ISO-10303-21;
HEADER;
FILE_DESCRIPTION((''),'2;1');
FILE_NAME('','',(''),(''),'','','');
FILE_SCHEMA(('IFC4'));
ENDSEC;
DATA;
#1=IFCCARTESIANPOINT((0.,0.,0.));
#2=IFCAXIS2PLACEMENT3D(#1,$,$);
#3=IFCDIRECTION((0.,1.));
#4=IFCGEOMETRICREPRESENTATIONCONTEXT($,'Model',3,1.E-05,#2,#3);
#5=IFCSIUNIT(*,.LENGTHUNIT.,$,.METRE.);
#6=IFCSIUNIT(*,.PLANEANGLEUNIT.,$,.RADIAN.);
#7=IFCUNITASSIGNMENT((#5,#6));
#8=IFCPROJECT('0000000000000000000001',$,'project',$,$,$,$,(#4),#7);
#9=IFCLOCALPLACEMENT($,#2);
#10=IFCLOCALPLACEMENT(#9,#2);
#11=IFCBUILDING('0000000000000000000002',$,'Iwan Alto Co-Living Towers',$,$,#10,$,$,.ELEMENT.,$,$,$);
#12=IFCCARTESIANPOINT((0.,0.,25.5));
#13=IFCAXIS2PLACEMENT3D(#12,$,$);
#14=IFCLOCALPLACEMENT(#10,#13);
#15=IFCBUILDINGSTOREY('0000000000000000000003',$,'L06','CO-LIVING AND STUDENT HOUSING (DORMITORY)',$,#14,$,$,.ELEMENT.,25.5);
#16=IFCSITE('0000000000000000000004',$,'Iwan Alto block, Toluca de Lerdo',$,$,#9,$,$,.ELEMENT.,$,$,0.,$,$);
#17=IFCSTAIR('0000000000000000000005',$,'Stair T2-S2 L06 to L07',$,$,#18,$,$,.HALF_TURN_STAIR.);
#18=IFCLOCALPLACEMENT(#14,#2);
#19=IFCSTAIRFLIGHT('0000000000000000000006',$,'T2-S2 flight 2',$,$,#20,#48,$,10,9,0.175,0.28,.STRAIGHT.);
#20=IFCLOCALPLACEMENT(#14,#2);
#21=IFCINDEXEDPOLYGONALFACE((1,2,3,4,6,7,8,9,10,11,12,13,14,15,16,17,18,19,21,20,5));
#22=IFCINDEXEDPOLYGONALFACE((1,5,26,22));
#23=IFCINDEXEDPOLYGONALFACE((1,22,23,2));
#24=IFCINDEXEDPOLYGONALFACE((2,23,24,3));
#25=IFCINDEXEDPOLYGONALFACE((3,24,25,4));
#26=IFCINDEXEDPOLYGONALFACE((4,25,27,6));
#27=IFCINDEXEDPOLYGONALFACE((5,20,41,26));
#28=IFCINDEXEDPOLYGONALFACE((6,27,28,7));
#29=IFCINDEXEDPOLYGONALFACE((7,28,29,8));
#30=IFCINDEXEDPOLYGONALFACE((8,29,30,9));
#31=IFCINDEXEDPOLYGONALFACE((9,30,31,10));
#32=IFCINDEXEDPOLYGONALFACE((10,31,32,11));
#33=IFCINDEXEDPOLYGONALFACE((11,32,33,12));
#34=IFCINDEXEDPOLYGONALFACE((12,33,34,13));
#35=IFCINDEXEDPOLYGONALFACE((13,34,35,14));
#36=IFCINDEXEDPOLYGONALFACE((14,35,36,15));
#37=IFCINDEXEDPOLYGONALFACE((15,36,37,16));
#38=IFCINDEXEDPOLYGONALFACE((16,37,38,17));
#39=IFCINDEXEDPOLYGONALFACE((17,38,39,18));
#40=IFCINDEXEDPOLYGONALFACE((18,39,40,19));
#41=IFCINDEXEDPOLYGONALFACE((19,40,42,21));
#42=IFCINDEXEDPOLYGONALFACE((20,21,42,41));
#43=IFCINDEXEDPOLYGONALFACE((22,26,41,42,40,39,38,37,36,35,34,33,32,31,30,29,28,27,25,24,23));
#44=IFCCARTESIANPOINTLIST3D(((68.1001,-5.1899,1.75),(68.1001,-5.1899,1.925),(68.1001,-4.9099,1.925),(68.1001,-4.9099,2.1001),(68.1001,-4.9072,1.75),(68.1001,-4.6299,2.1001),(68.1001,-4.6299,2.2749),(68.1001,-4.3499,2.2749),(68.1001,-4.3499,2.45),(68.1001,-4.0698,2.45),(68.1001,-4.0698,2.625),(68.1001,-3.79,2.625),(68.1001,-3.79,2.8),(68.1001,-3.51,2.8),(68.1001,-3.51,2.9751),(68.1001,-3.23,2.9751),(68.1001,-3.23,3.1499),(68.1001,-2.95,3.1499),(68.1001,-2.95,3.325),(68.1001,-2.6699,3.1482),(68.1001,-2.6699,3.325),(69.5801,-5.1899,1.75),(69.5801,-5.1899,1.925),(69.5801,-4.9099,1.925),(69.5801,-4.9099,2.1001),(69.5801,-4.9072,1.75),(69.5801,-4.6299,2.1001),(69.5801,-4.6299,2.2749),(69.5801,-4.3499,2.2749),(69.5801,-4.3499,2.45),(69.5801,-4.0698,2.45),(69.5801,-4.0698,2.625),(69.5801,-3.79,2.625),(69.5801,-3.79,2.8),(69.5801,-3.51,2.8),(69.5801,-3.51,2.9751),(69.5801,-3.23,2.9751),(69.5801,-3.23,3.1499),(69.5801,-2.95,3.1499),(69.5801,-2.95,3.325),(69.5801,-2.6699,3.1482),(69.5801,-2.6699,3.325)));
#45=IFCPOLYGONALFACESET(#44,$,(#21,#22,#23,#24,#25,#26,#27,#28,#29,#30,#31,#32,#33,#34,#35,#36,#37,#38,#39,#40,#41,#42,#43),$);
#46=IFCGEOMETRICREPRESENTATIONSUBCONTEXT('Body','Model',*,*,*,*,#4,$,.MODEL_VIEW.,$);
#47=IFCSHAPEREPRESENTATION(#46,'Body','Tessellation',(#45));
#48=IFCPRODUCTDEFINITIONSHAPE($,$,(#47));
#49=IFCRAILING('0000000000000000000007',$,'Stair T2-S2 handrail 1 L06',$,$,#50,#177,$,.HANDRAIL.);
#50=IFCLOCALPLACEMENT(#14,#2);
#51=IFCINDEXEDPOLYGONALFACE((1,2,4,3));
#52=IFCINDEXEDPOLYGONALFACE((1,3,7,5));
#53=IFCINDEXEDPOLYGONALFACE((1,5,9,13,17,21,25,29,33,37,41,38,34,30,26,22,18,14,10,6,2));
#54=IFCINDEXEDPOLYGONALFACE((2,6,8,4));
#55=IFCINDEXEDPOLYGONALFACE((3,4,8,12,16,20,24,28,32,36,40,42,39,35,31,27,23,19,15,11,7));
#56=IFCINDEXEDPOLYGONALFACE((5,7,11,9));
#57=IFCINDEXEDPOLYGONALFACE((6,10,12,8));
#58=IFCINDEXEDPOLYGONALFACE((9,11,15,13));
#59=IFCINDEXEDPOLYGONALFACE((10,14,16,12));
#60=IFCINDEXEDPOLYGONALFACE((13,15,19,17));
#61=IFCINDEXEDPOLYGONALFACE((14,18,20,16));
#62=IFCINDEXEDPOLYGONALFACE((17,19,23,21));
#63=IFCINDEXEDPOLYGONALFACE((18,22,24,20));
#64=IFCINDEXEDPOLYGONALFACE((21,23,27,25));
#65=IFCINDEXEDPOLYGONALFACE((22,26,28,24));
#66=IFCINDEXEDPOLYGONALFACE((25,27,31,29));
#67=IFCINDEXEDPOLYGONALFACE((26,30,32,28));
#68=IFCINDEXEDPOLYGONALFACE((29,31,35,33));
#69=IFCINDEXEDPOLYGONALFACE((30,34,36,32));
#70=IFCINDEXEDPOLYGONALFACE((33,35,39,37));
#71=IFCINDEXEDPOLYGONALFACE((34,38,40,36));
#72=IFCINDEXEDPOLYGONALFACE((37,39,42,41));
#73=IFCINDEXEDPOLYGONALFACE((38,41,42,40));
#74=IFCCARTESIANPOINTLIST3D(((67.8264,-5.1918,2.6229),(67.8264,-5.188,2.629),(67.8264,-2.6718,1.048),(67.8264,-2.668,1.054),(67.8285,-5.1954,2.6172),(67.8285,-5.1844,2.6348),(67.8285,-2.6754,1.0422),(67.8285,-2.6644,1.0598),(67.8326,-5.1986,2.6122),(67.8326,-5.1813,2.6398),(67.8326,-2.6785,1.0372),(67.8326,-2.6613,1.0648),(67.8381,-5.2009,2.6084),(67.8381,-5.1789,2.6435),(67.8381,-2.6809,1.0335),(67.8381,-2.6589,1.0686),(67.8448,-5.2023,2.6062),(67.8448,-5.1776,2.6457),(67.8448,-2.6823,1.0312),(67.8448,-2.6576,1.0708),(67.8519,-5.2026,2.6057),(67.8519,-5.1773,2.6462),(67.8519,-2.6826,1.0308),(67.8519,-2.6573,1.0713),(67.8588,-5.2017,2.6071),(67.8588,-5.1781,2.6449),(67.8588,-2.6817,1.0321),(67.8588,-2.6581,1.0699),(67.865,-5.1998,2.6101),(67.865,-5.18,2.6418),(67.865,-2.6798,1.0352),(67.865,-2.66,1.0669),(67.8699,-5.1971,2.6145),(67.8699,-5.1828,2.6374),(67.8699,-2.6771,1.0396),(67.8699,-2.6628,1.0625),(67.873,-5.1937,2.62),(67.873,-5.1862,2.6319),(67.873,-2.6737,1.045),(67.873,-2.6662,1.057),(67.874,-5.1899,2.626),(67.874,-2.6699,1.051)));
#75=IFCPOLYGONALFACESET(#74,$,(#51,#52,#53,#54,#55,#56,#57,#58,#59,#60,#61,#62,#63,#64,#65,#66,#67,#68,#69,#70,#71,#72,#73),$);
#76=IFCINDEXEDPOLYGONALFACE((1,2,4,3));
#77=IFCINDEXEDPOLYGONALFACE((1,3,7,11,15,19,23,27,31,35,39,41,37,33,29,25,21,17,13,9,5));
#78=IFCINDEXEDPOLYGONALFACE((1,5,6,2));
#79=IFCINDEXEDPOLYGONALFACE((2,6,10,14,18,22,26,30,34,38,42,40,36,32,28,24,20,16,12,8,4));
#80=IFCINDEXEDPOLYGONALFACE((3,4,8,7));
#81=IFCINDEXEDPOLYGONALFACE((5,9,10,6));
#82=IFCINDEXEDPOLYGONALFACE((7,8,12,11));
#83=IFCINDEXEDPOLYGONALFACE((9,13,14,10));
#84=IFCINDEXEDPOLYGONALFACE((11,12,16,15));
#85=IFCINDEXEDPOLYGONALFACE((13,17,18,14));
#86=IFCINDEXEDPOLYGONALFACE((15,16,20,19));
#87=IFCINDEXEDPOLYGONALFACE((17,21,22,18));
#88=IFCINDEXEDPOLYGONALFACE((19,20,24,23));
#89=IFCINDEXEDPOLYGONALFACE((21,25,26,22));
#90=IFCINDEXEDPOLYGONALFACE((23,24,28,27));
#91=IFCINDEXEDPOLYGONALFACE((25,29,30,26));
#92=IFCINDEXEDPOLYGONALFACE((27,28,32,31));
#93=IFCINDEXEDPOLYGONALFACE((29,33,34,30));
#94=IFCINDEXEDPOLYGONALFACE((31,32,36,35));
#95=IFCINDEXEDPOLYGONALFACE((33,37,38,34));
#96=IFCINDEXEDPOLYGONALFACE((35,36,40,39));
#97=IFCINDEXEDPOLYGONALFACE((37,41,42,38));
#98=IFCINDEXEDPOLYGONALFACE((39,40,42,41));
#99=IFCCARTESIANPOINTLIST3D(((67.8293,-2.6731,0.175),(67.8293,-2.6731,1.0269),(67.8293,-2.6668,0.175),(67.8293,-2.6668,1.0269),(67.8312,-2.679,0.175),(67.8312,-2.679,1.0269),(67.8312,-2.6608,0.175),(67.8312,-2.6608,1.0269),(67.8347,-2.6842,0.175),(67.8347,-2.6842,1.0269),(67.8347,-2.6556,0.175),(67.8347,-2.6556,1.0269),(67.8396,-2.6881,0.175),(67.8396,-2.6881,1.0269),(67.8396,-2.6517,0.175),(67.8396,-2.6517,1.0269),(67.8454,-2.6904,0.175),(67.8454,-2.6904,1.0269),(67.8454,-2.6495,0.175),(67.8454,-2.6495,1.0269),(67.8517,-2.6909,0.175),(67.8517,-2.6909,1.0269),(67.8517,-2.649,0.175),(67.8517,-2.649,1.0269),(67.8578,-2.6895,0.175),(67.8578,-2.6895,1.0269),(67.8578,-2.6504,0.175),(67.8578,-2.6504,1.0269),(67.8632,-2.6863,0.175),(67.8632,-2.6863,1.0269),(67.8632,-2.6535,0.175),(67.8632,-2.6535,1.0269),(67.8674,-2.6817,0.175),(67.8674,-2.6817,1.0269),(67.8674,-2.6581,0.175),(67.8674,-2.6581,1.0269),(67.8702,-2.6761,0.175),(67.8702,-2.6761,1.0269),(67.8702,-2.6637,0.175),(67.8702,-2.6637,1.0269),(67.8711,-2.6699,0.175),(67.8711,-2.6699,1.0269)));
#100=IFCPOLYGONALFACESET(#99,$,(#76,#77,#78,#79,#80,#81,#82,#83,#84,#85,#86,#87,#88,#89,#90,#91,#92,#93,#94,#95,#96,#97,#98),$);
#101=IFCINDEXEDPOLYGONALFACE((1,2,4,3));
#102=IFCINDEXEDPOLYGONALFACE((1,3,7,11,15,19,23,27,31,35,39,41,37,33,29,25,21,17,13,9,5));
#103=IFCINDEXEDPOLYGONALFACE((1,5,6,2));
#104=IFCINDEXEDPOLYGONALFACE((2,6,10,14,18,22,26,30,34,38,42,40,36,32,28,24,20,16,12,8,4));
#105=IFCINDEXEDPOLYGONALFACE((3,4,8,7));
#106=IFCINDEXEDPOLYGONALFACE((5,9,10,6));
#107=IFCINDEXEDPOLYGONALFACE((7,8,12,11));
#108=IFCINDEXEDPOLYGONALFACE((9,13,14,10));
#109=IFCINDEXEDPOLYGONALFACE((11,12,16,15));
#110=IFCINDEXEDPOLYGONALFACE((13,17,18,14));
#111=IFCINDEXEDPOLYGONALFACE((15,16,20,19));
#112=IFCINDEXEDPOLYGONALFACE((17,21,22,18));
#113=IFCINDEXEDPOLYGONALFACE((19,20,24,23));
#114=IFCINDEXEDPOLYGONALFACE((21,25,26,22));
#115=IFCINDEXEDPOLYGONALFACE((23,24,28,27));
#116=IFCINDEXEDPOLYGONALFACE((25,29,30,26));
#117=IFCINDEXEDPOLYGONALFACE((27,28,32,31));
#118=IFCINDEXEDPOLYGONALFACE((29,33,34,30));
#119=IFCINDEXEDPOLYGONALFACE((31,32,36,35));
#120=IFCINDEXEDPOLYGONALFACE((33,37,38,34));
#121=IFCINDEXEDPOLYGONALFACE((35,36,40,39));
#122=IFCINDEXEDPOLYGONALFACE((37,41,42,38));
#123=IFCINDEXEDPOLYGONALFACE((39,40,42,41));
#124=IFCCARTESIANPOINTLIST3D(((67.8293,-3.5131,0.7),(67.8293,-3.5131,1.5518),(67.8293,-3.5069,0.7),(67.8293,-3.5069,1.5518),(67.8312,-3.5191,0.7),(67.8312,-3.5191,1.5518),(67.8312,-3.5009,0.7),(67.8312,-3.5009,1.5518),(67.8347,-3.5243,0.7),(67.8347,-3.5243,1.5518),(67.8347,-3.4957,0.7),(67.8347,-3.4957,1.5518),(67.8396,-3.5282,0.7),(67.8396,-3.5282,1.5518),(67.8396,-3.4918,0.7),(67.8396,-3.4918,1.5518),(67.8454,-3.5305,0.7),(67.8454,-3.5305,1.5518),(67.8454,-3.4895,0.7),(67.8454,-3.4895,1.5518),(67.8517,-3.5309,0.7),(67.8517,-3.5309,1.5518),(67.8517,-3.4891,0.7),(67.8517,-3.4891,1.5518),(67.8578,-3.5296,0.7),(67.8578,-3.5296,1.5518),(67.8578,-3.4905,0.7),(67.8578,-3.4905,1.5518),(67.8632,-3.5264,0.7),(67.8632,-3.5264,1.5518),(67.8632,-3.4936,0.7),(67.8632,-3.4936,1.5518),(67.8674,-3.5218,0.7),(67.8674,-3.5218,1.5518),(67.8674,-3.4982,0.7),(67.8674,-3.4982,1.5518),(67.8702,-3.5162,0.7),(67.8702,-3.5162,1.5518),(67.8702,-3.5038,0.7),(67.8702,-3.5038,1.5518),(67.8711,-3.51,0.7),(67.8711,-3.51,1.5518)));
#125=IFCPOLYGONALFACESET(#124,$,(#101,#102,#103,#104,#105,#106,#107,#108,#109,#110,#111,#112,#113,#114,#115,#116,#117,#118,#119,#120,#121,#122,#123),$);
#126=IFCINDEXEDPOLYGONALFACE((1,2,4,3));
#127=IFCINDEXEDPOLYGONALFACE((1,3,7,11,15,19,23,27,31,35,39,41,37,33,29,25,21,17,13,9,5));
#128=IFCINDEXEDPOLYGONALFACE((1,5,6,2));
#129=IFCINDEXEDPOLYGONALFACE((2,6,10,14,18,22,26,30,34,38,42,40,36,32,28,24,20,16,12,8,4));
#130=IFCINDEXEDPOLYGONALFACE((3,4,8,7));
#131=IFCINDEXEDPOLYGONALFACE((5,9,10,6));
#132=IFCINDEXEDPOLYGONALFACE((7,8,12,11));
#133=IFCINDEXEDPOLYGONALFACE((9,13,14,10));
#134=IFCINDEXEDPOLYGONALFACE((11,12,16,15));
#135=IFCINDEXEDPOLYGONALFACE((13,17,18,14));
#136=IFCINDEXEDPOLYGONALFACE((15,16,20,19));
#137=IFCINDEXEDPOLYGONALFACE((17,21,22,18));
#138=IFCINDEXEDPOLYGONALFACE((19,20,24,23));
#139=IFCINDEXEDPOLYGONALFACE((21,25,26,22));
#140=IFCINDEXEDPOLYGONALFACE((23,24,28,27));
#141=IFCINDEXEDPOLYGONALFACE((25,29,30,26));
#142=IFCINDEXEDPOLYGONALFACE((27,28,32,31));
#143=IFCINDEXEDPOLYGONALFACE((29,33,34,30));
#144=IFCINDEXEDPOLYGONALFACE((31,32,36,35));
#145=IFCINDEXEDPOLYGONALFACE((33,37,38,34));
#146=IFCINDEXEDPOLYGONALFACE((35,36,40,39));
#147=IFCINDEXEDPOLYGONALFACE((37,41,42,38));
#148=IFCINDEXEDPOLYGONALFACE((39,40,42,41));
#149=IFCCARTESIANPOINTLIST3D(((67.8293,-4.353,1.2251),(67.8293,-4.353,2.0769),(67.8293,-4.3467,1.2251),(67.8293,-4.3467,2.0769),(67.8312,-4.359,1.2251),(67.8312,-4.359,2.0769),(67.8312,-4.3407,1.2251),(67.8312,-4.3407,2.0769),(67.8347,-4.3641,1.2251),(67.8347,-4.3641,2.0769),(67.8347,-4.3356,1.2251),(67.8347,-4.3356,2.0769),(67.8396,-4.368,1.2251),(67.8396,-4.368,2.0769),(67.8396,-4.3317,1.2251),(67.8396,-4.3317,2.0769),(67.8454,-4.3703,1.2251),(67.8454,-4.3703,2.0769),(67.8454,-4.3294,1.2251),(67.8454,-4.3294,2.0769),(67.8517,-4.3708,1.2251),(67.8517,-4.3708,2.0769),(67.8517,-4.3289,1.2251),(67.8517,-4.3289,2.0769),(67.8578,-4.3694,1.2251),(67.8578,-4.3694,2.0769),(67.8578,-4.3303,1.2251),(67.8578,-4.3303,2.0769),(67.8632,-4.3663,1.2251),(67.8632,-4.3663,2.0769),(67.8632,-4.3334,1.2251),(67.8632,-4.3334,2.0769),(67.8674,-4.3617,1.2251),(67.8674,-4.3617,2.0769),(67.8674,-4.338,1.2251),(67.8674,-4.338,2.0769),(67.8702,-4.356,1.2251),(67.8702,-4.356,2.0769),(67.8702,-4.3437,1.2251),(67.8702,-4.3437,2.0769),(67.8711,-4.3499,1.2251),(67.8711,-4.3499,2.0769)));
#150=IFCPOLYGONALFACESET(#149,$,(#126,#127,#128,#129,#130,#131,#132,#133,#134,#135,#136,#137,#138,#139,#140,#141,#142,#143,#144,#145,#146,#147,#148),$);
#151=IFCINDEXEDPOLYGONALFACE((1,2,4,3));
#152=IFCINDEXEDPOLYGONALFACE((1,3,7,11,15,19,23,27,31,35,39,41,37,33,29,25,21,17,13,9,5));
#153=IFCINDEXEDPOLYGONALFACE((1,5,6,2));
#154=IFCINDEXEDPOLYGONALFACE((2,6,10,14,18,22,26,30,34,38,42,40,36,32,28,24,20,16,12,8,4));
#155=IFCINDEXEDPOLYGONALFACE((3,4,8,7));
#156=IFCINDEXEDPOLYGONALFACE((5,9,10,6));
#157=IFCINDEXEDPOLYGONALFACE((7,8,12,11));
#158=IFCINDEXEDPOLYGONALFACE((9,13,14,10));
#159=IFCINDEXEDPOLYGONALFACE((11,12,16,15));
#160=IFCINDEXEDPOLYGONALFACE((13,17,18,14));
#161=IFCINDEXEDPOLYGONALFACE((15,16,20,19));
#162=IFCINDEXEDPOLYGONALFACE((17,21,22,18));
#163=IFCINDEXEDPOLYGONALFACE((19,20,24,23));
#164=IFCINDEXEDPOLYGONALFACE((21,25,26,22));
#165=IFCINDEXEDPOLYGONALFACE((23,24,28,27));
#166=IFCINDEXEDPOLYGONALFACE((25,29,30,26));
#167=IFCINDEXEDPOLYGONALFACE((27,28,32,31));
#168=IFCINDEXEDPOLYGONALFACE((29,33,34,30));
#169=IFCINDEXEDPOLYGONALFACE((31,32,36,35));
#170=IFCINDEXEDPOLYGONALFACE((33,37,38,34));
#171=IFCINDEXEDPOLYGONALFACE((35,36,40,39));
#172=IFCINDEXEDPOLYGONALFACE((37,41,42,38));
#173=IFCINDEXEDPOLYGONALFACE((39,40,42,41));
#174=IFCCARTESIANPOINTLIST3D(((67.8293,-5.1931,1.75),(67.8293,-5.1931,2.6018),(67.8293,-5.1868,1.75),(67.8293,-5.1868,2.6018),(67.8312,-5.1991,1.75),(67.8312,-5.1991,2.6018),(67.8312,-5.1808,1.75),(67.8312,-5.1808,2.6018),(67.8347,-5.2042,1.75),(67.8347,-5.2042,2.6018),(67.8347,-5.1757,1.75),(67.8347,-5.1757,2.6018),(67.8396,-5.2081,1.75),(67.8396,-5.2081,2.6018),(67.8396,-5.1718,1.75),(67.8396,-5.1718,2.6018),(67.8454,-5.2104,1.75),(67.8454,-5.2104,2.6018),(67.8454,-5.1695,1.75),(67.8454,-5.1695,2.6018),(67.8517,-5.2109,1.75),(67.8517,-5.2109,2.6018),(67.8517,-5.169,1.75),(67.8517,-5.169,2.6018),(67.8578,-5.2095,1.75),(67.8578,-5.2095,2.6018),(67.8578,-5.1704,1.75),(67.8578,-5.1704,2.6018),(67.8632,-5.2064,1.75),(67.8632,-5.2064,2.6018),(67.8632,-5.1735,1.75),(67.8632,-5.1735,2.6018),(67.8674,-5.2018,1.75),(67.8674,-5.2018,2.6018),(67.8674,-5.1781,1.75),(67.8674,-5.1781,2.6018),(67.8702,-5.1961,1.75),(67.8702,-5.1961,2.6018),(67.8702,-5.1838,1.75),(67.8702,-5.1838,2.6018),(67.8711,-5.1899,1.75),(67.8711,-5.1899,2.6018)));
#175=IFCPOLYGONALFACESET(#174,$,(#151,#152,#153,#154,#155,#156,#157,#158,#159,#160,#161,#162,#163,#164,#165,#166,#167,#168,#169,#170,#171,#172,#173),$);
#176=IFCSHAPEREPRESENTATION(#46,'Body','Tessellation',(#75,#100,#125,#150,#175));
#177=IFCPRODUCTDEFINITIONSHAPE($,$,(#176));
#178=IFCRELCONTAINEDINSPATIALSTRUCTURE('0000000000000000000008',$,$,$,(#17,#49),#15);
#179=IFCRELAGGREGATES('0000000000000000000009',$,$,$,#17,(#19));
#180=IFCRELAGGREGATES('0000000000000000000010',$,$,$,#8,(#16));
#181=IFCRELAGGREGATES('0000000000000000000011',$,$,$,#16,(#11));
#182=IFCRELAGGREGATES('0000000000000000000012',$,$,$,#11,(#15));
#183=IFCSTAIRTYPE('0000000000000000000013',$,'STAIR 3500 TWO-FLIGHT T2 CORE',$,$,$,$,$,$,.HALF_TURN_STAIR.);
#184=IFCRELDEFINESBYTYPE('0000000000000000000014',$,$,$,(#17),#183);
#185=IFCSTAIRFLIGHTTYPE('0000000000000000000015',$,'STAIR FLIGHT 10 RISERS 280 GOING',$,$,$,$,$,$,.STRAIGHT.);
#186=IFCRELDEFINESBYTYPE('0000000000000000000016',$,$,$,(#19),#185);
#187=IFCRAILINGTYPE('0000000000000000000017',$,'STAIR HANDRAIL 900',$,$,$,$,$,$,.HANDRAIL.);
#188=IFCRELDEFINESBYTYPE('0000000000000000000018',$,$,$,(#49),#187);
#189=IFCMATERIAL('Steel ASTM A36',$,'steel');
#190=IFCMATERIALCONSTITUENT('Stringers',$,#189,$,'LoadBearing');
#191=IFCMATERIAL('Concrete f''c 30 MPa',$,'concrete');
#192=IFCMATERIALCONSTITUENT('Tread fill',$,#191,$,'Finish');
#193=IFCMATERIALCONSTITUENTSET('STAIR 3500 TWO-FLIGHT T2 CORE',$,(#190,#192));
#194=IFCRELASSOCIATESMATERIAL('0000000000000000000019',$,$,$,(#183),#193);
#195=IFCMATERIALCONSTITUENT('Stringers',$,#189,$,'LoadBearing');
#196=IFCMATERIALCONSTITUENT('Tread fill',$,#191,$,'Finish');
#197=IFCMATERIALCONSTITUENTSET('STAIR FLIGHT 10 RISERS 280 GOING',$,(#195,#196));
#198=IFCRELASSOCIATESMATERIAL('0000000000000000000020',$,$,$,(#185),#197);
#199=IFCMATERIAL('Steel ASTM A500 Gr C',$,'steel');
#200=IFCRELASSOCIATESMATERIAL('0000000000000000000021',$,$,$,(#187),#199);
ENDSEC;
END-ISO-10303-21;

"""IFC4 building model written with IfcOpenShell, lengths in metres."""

from ifc_helpers import new_model, si_unit, direction, frame, origin, origin_2d, place, context, subcontext, project, spatial, polyline, circle, outline, extrude, material, constituent, constituent_set, type_object, element, aggregate, save


model = new_model("IFC4")

# Units and contexts
model_context = context("Model", 3, precision=1e-05, world=origin(), true_north=direction((0.0, 1.0)))
body_context = subcontext(model_context, "Body", "Model", "MODEL_VIEW")
ifc_project = project(units=[si_unit("LENGTHUNIT", "METRE"), si_unit("PLANEANGLEUNIT", "RADIAN")], contexts=[model_context])

# Site, building, storey
site_placement = place(None, origin())
site = spatial("IfcSite", under=ifc_project, at=site_placement, Name="Iwan Alto block, Toluca de Lerdo", CompositionType="ELEMENT", RefElevation=0.0)
building_placement = place(site_placement, origin())
building = spatial("IfcBuilding", under=site, at=building_placement, Name="Iwan Alto Co-Living Towers", CompositionType="ELEMENT")
storey_placement = place(building_placement, frame((0.0, 0.0, 25.5)))
storey = spatial("IfcBuildingStorey", under=building, at=storey_placement, Name="L06", Description="CO-LIVING AND STUDENT HOUSING (DORMITORY)", CompositionType="ELEMENT", Elevation=25.5)

# Stair, stair flight
ifc_material_1 = material(Name="Steel ASTM A36", Category="steel")
ifc_constituent_1 = constituent(ifc_material_1, Name="Stringers", Category="LoadBearing")
ifc_material_2 = material(Name="Concrete f'c 30 MPa", Category="concrete")
ifc_constituent_2 = constituent(ifc_material_2, Name="Tread fill", Category="Finish")
ifc_constituent_set_1 = constituent_set(constituents=[ifc_constituent_1, ifc_constituent_2], Name="STAIR 3500 TWO-FLIGHT T2 CORE")
stair_type = type_object("IfcStairType", Name="STAIR 3500 TWO-FLIGHT T2 CORE", PredefinedType="HALF_TURN_STAIR", material=ifc_constituent_set_1)
stair_placement = place(storey_placement, origin())
stair = element("IfcStair", 1, at=stair_placement, inside=storey, type_object=stair_type, Name="Stair T2-S2 L06 to L07", PredefinedType="HALF_TURN_STAIR")
ifc_constituent_3 = constituent(ifc_material_1, Name="Stringers", Category="LoadBearing")
ifc_constituent_4 = constituent(ifc_material_2, Name="Tread fill", Category="Finish")
ifc_constituent_set_2 = constituent_set(constituents=[ifc_constituent_3, ifc_constituent_4], Name="STAIR FLIGHT 10 RISERS 280 GOING")
stair_flight_type = type_object("IfcStairFlightType", Name="STAIR FLIGHT 10 RISERS 280 GOING", PredefinedType="STRAIGHT", material=ifc_constituent_set_2)
stair_flight_1_placement = place(storey_placement, frame((68.8401, -5.1899, 1.75), z_axis=(0.0, 0.0, 1.0), x_axis=(0.0, 1.0, 0.0)))
stair_flight_1 = element("IfcStairFlight", 2, at=stair_flight_1_placement, type_object=stair_flight_type, Name="T2-S2 flight 2", NumberOfRisers=10, NumberOfTreads=9, PredefinedType="STRAIGHT", RiserHeight=0.175, TreadLength=0.28, context=body_context, shape_type="SweptSolid", body=[
    extrude(outline(polyline([(0.0, 0.0), (0.0, 0.175), (0.28, 0.175), (0.28, 0.3501), (0.5601, 0.3501), (0.5601, 0.5249), (0.8401, 0.5249), (0.8401, 0.7), (1.1201, 0.7), (1.1201, 0.875), (1.3999, 0.875), (1.3999, 1.05), (1.6799, 1.05), (1.6799, 1.2251), (1.96, 1.2251), (1.96, 1.3999), (2.24, 1.3999), (2.24, 1.575), (2.52, 1.575), (2.52, 1.75), (2.52, 1.3982), (0.2827, 0.0), (0.0, 0.0)])), frame((0.0, 0.74, 0.0), z_axis=(0.0, -1.0, 0.0), x_axis=(1.0, 0.0, 0.0)), (0.0, 0.0, 1.0), 1.48),
])
aggregate(stair, [stair_flight_1])

# Railing
ifc_material_3 = material(Name="Steel ASTM A500 Gr C", Category="steel")
railing_type_1 = type_object("IfcRailingType", Name="STAIR HANDRAIL 900", PredefinedType="HANDRAIL", material=ifc_material_3)
railing_1_placement = place(storey_placement, frame((67.8501, -2.6699, 0.175)))
element("IfcRailing", 3, at=railing_1_placement, inside=storey, type_object=railing_type_1, Name="Stair T2-S2 handrail 1 L06", PredefinedType="HANDRAIL", context=body_context, shape_type="SweptSolid", body=[
    extrude(circle(Radius=0.0239, at=origin_2d()), frame((0.0, 0.0, 0.876), z_axis=(0.0, -0.848008, 0.529984), x_axis=(1.0, 0.0, 0.0)), (0.0, 0.0, 1.0), 2.9717),
    extrude(circle(Radius=0.021, at=origin_2d()), origin(), (0.0, 0.0, 1.0), 0.8518),
    extrude(circle(Radius=0.021, at=origin_2d()), frame((0.0, -0.8401, 0.5249)), (0.0, 0.0, 1.0), 0.8518),
    extrude(circle(Radius=0.021, at=origin_2d()), frame((0.0, -1.6799, 1.05)), (0.0, 0.0, 1.0), 0.8518),
    extrude(circle(Radius=0.021, at=origin_2d()), frame((0.0, -2.52, 1.575)), (0.0, 0.0, 1.0), 0.8518),
])

save(model, "model.ifc")
